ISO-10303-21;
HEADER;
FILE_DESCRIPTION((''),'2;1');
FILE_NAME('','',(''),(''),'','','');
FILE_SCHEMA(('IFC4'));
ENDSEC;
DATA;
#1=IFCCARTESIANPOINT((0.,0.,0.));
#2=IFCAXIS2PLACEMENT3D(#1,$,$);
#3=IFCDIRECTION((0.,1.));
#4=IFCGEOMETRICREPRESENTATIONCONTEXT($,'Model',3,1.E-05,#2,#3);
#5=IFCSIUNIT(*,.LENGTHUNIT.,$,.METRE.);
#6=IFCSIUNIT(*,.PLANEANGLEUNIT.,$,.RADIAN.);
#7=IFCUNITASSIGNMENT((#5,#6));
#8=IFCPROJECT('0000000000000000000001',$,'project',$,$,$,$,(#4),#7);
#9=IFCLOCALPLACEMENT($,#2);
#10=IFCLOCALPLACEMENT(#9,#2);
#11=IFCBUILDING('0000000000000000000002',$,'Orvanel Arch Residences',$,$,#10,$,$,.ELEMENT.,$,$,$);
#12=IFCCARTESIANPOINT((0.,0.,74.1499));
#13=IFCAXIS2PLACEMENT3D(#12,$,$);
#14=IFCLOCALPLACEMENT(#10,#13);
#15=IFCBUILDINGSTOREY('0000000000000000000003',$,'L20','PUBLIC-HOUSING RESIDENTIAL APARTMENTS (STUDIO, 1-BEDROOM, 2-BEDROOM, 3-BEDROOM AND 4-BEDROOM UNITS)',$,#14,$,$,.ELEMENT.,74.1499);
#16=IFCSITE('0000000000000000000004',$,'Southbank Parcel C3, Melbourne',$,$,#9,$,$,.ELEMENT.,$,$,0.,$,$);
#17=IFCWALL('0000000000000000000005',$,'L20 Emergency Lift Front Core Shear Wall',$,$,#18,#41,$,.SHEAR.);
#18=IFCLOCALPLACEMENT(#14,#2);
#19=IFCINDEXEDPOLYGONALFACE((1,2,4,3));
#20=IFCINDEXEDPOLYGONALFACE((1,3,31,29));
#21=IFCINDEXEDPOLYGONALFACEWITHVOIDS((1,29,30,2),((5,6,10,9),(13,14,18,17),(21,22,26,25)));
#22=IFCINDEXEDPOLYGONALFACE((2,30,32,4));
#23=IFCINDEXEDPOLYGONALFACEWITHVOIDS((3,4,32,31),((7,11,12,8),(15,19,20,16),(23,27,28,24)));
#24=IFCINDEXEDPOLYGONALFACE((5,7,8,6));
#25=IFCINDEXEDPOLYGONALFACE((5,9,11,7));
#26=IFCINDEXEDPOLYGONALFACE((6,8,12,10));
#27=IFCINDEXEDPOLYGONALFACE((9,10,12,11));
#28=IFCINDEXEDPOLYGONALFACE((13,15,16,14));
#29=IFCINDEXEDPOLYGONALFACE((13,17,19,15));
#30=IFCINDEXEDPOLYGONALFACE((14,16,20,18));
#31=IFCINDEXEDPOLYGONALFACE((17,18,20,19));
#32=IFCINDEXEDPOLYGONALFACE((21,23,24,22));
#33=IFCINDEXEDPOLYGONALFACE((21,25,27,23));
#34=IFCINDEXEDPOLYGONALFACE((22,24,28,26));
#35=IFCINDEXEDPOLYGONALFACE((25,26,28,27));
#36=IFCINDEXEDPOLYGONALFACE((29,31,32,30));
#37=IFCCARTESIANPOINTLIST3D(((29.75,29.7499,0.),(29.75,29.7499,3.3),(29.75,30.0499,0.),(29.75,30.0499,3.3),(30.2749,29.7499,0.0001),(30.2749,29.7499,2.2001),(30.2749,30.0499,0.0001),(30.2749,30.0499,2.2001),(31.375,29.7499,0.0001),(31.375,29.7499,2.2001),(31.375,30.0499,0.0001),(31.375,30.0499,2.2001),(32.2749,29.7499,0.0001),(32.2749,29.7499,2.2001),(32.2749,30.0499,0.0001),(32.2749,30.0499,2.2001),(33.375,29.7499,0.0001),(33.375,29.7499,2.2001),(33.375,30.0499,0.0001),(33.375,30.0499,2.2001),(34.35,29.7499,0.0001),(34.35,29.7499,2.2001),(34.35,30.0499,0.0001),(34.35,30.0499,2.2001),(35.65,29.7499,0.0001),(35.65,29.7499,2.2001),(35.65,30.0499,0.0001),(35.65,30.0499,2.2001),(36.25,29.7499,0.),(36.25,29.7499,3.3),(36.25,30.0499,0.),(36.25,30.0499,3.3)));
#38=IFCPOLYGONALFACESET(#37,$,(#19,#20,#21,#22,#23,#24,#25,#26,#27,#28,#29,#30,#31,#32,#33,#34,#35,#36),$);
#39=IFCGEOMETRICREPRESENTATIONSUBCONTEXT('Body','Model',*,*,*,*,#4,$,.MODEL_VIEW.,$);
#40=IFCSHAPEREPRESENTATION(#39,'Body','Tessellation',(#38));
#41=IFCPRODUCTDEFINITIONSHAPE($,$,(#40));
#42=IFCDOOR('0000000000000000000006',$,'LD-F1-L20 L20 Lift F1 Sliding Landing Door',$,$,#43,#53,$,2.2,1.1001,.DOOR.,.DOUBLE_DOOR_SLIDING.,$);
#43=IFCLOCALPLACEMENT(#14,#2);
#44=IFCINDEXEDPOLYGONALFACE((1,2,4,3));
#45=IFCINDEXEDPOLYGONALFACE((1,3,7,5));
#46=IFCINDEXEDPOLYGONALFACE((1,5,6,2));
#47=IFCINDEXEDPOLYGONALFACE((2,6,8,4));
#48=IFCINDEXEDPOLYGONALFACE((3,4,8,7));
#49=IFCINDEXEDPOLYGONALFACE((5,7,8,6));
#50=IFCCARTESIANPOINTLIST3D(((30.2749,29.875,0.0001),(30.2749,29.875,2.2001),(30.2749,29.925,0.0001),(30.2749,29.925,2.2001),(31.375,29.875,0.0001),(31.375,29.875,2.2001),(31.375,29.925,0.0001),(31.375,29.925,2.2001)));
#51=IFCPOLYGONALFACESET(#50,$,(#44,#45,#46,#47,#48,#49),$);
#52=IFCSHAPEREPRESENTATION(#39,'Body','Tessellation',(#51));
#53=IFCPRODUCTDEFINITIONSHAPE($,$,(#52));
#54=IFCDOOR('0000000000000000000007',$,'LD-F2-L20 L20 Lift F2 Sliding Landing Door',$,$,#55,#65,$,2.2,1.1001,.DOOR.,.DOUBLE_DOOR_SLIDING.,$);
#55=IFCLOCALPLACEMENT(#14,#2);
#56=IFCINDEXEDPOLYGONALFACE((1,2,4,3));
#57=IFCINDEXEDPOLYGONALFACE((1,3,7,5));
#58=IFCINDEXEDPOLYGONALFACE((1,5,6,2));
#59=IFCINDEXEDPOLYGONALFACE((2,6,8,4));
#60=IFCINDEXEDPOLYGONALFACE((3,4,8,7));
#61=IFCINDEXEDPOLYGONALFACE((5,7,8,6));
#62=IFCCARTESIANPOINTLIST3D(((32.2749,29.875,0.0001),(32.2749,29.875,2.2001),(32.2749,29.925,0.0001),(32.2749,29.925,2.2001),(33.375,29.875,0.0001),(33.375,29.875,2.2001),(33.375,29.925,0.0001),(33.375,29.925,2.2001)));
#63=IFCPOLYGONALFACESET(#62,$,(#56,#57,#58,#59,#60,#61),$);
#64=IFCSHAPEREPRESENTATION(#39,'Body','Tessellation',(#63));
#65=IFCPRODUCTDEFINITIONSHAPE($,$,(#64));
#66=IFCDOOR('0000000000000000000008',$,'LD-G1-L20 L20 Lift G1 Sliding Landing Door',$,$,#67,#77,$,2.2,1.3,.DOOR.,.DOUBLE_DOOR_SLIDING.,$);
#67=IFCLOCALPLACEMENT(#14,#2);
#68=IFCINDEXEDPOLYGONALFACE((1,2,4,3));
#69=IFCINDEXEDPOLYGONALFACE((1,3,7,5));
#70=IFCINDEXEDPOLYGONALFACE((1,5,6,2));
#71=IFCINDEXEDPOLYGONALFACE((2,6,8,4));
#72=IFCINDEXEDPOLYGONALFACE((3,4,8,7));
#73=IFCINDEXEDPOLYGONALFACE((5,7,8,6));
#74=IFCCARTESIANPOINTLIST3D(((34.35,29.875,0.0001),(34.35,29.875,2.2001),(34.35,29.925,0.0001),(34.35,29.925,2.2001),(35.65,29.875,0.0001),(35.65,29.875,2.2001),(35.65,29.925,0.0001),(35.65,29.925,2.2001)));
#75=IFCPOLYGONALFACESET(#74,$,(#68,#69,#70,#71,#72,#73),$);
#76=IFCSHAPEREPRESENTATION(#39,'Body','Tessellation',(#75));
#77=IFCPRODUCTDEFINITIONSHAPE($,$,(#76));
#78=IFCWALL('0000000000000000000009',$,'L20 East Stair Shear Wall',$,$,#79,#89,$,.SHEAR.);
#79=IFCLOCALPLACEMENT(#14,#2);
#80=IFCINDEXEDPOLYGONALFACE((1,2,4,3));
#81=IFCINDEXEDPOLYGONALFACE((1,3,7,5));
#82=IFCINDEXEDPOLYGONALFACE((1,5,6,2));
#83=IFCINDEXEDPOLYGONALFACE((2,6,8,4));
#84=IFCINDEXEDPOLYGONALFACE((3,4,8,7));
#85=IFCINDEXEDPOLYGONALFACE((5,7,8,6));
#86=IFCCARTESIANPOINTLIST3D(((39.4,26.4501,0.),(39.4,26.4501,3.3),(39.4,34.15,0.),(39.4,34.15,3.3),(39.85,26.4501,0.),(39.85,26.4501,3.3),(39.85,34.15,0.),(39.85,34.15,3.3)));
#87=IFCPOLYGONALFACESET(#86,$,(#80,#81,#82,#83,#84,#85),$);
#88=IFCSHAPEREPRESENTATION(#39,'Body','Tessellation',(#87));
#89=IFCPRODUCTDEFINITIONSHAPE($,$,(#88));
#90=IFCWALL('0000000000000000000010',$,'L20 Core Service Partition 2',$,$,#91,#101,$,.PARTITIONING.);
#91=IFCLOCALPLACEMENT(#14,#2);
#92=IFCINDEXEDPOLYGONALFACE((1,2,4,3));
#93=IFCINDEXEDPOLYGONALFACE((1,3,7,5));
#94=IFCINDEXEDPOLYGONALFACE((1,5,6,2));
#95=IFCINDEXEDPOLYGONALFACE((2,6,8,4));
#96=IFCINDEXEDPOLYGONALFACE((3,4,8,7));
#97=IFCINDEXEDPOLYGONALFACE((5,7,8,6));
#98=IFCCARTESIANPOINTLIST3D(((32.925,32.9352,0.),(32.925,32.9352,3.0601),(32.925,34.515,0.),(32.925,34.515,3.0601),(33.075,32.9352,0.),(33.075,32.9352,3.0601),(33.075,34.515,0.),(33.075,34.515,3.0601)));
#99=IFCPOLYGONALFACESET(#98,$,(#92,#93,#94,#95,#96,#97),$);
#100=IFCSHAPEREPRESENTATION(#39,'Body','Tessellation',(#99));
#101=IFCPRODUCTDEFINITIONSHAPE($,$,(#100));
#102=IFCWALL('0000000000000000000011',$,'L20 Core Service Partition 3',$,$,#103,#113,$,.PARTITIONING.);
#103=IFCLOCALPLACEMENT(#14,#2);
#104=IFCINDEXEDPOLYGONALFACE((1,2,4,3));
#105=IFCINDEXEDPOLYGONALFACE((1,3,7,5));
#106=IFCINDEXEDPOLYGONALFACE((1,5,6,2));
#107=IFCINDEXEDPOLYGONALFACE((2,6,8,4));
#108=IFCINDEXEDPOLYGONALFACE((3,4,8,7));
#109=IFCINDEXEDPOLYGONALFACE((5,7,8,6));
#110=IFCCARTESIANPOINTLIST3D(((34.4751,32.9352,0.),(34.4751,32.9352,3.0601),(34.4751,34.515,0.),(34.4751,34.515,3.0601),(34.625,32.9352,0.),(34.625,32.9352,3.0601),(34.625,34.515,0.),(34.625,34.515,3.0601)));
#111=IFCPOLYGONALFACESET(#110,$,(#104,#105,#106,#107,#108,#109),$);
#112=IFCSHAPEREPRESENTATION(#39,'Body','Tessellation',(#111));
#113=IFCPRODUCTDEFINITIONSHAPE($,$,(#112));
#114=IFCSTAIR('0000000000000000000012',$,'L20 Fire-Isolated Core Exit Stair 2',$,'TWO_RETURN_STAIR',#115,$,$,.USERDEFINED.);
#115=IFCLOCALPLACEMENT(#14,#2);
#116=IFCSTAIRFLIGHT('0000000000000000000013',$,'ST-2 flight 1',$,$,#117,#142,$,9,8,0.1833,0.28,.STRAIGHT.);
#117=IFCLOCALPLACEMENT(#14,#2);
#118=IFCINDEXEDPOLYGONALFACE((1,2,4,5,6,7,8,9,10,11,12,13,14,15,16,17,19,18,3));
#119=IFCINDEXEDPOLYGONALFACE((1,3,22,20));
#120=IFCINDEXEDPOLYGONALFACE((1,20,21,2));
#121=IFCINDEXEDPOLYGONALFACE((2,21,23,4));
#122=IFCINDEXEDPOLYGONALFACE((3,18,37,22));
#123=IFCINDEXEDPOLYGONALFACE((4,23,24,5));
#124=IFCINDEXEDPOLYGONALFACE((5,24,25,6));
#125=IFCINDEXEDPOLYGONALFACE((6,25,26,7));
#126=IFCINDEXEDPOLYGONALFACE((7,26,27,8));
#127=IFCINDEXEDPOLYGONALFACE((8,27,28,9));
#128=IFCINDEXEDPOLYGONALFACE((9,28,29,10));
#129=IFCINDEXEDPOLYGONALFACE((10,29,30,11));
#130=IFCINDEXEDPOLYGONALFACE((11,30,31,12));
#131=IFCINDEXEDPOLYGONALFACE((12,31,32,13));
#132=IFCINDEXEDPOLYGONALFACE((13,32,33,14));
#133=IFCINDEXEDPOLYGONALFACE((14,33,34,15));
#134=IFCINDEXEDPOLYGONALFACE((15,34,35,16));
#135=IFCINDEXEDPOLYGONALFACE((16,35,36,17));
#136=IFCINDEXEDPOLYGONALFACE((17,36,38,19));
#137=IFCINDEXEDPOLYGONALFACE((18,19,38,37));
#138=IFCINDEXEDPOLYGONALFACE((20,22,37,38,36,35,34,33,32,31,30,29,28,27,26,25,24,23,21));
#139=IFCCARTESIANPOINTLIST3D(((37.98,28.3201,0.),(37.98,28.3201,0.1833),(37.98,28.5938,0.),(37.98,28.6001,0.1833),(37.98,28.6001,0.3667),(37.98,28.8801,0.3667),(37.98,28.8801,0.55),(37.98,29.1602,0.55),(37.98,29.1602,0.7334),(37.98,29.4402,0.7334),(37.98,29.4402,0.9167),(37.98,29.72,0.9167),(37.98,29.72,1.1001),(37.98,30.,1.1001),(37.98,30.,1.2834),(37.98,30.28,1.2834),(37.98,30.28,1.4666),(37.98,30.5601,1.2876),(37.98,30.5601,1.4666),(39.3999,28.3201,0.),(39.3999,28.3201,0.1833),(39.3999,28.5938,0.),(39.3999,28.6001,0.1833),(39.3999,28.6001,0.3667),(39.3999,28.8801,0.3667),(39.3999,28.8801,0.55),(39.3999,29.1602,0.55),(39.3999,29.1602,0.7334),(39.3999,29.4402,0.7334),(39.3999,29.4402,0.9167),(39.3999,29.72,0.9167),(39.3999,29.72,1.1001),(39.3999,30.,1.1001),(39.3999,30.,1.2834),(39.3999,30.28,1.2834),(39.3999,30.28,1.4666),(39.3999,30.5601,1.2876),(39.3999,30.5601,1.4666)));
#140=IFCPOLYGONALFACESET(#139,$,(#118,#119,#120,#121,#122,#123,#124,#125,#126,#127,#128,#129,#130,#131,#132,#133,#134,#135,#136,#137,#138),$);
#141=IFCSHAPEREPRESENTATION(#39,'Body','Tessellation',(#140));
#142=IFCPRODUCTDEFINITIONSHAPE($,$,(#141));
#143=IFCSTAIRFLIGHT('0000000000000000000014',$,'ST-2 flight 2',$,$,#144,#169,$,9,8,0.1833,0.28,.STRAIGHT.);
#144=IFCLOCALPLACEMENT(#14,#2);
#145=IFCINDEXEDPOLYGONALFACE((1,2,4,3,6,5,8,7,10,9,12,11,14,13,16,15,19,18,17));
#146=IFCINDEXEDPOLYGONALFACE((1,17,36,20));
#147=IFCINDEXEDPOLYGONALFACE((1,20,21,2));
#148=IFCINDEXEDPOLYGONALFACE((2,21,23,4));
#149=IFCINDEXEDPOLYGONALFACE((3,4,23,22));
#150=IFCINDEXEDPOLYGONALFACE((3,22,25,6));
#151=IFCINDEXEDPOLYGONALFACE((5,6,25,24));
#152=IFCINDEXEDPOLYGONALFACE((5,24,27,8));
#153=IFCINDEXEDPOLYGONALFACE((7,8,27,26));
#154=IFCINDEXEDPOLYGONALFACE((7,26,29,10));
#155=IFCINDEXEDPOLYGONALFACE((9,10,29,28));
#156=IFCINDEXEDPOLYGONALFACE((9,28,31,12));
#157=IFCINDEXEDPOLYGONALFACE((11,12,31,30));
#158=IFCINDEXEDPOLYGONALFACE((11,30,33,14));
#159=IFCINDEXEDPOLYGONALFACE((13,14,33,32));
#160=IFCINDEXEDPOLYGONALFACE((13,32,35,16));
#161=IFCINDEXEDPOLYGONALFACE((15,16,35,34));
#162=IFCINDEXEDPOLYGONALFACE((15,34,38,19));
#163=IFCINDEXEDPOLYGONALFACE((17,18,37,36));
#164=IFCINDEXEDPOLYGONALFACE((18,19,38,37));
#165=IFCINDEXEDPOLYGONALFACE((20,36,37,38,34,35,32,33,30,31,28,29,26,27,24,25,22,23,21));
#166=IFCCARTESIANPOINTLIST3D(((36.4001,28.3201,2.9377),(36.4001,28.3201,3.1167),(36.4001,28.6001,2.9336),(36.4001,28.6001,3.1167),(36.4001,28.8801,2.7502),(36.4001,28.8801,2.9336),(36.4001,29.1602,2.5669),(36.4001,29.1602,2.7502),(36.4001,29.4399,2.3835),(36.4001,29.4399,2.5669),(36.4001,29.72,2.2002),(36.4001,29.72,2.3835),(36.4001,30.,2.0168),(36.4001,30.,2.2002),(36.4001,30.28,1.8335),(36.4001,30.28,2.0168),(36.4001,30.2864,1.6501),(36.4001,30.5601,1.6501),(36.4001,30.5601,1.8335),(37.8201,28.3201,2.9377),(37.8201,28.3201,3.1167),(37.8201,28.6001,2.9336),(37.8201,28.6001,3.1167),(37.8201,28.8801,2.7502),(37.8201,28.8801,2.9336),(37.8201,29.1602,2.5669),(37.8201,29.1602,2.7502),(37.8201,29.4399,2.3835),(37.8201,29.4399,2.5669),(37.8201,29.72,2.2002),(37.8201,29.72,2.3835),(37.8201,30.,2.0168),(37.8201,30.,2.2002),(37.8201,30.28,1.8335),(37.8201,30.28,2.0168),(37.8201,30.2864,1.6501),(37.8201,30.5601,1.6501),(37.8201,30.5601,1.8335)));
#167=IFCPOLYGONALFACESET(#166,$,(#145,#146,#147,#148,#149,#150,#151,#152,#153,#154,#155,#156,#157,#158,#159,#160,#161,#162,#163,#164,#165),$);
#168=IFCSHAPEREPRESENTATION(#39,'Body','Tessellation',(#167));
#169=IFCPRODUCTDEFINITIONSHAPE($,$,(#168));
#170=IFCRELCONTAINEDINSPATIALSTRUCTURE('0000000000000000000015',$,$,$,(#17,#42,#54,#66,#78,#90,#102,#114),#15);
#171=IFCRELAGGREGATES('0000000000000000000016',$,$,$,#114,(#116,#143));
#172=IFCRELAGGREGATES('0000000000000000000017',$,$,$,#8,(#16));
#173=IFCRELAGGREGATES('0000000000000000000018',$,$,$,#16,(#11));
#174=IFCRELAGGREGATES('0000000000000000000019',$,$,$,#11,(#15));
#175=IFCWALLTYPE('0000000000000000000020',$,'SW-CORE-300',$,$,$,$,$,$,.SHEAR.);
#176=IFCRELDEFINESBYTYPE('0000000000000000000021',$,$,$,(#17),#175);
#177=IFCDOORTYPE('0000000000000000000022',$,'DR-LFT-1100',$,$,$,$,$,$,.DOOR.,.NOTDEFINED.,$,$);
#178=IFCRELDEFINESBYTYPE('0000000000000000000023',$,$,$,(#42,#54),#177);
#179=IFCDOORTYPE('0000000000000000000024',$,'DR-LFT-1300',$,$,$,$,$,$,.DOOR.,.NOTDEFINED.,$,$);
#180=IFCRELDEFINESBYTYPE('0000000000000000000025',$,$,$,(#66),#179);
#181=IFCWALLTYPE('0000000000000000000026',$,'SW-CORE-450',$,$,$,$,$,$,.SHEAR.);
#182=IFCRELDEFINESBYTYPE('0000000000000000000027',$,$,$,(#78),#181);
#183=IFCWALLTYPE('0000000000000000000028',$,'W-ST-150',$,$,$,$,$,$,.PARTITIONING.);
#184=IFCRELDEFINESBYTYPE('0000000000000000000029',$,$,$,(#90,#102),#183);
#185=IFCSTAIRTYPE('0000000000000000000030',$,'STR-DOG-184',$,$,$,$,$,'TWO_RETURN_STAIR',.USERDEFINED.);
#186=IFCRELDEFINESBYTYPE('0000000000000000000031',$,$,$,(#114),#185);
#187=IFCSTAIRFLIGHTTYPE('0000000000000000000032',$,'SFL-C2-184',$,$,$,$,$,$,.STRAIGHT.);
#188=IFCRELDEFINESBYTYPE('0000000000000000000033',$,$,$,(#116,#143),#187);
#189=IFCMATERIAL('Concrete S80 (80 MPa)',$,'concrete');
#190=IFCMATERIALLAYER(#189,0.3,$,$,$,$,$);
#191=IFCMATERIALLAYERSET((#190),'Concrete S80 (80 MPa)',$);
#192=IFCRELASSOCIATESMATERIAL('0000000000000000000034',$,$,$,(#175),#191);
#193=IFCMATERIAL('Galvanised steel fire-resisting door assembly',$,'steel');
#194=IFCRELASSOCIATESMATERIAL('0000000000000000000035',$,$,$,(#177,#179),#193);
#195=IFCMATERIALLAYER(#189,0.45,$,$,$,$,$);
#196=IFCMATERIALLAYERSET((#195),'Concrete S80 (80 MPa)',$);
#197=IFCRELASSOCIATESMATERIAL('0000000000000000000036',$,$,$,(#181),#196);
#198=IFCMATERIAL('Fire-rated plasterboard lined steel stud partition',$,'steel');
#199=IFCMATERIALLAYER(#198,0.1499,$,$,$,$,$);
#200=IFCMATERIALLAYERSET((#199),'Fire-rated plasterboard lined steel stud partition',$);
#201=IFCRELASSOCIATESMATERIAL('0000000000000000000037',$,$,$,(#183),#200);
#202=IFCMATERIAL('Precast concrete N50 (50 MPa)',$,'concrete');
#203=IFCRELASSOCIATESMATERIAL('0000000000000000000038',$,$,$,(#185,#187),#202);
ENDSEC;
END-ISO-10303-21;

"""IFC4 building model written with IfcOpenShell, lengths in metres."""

from ifc_helpers import new_model, si_unit, direction, frame, frame_2d, origin, place, context, subcontext, project, spatial, polyline, rectangle, outline, extrude, material, layer, layer_set, type_object, element, fill, aggregate, save


model = new_model("IFC4")

# Units and contexts
model_context = context("Model", 3, precision=1e-05, world=origin(), true_north=direction((0.0, 1.0)))
body_context = subcontext(model_context, "Body", "Model", "MODEL_VIEW")
ifc_project = project(units=[si_unit("LENGTHUNIT", "METRE"), si_unit("PLANEANGLEUNIT", "RADIAN")], contexts=[model_context])

# Site, building, storey
site_placement = place(None, origin())
site = spatial("IfcSite", under=ifc_project, at=site_placement, Name="Southbank Parcel C3, Melbourne", CompositionType="ELEMENT", RefElevation=0.0)
building_placement = place(site_placement, origin())
building = spatial("IfcBuilding", under=site, at=building_placement, Name="Orvanel Arch Residences", CompositionType="ELEMENT")
storey_placement = place(building_placement, frame((0.0, 0.0, 74.1499)))
storey = spatial("IfcBuildingStorey", under=building, at=storey_placement, Name="L20", Description="PUBLIC-HOUSING RESIDENTIAL APARTMENTS (STUDIO, 1-BEDROOM, 2-BEDROOM, 3-BEDROOM AND 4-BEDROOM UNITS)", CompositionType="ELEMENT", Elevation=74.1499)

# Shared definitions
ifc_material_1 = material(Name="Concrete S80 (80 MPa)", Category="concrete")
ifc_layer_1 = layer(ifc_material_1, 0.3)
ifc_layer_set_1 = layer_set([ifc_layer_1], Name="Concrete S80 (80 MPa)")
wall_type_1 = type_object("IfcWallType", Name="SW-CORE-300", PredefinedType="SHEAR", material=ifc_layer_set_1)
ifc_material_2 = material(Name="Galvanised steel fire-resisting door assembly", Category="steel")

# Wall, openings, doors
wall_1_placement = place(storey_placement, frame((36.25, 29.8999, 0.0), z_axis=(0.0, 0.0, 1.0), x_axis=(-1.0, 0.0, 0.0)))
wall_1 = element("IfcWall", 1, at=wall_1_placement, inside=storey, type_object=wall_type_1, Name="L20 Emergency Lift Front Core Shear Wall", PredefinedType="SHEAR", context=body_context, shape_type="SweptSolid", body=[
    extrude(rectangle(XDim=6.5, YDim=0.3, at=frame_2d((3.25, 0.0))), origin(), (0.0, 0.0, 1.0), 3.3),
])
opening_1_placement = place(wall_1_placement, frame((4.875, 0.0, 0.0)))
opening_1 = element("IfcOpeningElement", 2, at=opening_1_placement, cuts=wall_1, PredefinedType="OPENING", context=body_context, shape_type="SweptSolid", body=[
    extrude(rectangle(XDim=1.1001, YDim=2.2, at=frame_2d((0.55, 1.1001))), frame((0.0, 0.1599, 0.0), z_axis=(0.0, -1.0, 0.0), x_axis=(1.0, 0.0, 0.0)), (0.0, 0.0, 1.0), 0.3201),
])
opening_2_placement = place(wall_1_placement, frame((2.875, 0.0, 0.0)))
opening_2 = element("IfcOpeningElement", 3, at=opening_2_placement, cuts=wall_1, PredefinedType="OPENING", context=body_context, shape_type="SweptSolid", body=[
    extrude(rectangle(XDim=1.1001, YDim=2.2, at=frame_2d((0.55, 1.1001))), frame((0.0, 0.1599, 0.0), z_axis=(0.0, -1.0, 0.0), x_axis=(1.0, 0.0, 0.0)), (0.0, 0.0, 1.0), 0.3201),
])
opening_3_placement = place(wall_1_placement, frame((0.6001, 0.0, 0.0)))
opening_3 = element("IfcOpeningElement", 4, at=opening_3_placement, cuts=wall_1, PredefinedType="OPENING", context=body_context, shape_type="SweptSolid", body=[
    extrude(rectangle(XDim=1.3, YDim=2.2, at=frame_2d((0.6499, 1.1001))), frame((0.0, 0.1599, 0.0), z_axis=(0.0, -1.0, 0.0), x_axis=(1.0, 0.0, 0.0)), (0.0, 0.0, 1.0), 0.3201),
])
door_type_1 = type_object("IfcDoorType", Name="DR-LFT-1100", OperationType="NOTDEFINED", PredefinedType="DOOR", material=ifc_material_2)
door_1_placement = place(opening_1_placement, origin())
door_1 = element("IfcDoor", 5, at=door_1_placement, inside=storey, type_object=door_type_1, Name="LD-F1-L20 L20 Lift F1 Sliding Landing Door", OperationType="DOUBLE_DOOR_SLIDING", OverallHeight=2.2, OverallWidth=1.1001, PredefinedType="DOOR", context=body_context, shape_type="SweptSolid", body=[
    extrude(rectangle(XDim=1.1001, YDim=2.2, at=frame_2d((0.55, 1.1001))), frame((0.0, 0.0249, 0.0), z_axis=(0.0, -1.0, 0.0), x_axis=(1.0, 0.0, 0.0)), (0.0, 0.0, 1.0), 0.05),
])
fill(opening_1, door_1)
door_2_placement = place(opening_2_placement, origin())
door_2 = element("IfcDoor", 6, at=door_2_placement, inside=storey, type_object=door_type_1, Name="LD-F2-L20 L20 Lift F2 Sliding Landing Door", OperationType="DOUBLE_DOOR_SLIDING", OverallHeight=2.2, OverallWidth=1.1001, PredefinedType="DOOR", context=body_context, shape_type="SweptSolid", body=[
    extrude(rectangle(XDim=1.1001, YDim=2.2, at=frame_2d((0.55, 1.1001))), frame((0.0, 0.0249, 0.0), z_axis=(0.0, -1.0, 0.0), x_axis=(1.0, 0.0, 0.0)), (0.0, 0.0, 1.0), 0.05),
])
fill(opening_2, door_2)
door_type_2 = type_object("IfcDoorType", Name="DR-LFT-1300", OperationType="NOTDEFINED", PredefinedType="DOOR", material=ifc_material_2)
door_3_placement = place(opening_3_placement, origin())
door_3 = element("IfcDoor", 7, at=door_3_placement, inside=storey, type_object=door_type_2, Name="LD-G1-L20 L20 Lift G1 Sliding Landing Door", OperationType="DOUBLE_DOOR_SLIDING", OverallHeight=2.2, OverallWidth=1.3, PredefinedType="DOOR", context=body_context, shape_type="SweptSolid", body=[
    extrude(rectangle(XDim=1.3, YDim=2.2, at=frame_2d((0.6499, 1.1001))), frame((0.0, 0.0249, 0.0), z_axis=(0.0, -1.0, 0.0), x_axis=(1.0, 0.0, 0.0)), (0.0, 0.0, 1.0), 0.05),
])
fill(opening_3, door_3)

# Walls
ifc_layer_2 = layer(ifc_material_1, 0.45)
ifc_layer_set_2 = layer_set([ifc_layer_2], Name="Concrete S80 (80 MPa)")
wall_type_2 = type_object("IfcWallType", Name="SW-CORE-450", PredefinedType="SHEAR", material=ifc_layer_set_2)
wall_2_placement = place(storey_placement, frame((39.625, 26.45, 0.0), z_axis=(0.0, 0.0, 1.0), x_axis=(0.0, 1.0, 0.0)))
element("IfcWall", 8, at=wall_2_placement, inside=storey, type_object=wall_type_2, Name="L20 East Stair Shear Wall", PredefinedType="SHEAR", context=body_context, shape_type="SweptSolid", body=[
    extrude(rectangle(XDim=7.7, YDim=0.45, at=frame_2d((3.8501, 0.0))), origin(), (0.0, 0.0, 1.0), 3.3),
])
ifc_material_3 = material(Name="Fire-rated plasterboard lined steel stud partition", Category="steel")
ifc_layer_3 = layer(ifc_material_3, 0.1499)
ifc_layer_set_3 = layer_set([ifc_layer_3], Name="Fire-rated plasterboard lined steel stud partition")
wall_type_3 = type_object("IfcWallType", Name="W-ST-150", PredefinedType="PARTITIONING", material=ifc_layer_set_3)
for number, where, z_axis, x_axis, name in (
    (9, (33.0, 32.9351, 0.0), (0.0, 0.0, 1.0), (0.0, 1.0, 0.0), "L20 Core Service Partition 2"),
    (10, (34.55, 32.9351, 0.0), (0.0, 0.0, 1.0), (0.0, 1.0, 0.0), "L20 Core Service Partition 3"),
):
    element("IfcWall", number, at=place(storey_placement, frame(where, z_axis=z_axis, x_axis=x_axis)), inside=storey, type_object=wall_type_3, Name=name, PredefinedType="PARTITIONING", context=body_context, shape_type="SweptSolid", body=[
        extrude(rectangle(XDim=1.5798, YDim=0.1499, at=frame_2d((0.79, 0.0))), origin(), (0.0, 0.0, 1.0), 3.0601),
    ])

# Stair, stair flights
ifc_material_4 = material(Name="Precast concrete N50 (50 MPa)", Category="concrete")
stair_type = type_object("IfcStairType", Name="STR-DOG-184", ElementType="TWO_RETURN_STAIR", PredefinedType="USERDEFINED", material=ifc_material_4)
stair_placement = place(storey_placement, origin())
stair = element("IfcStair", 11, at=stair_placement, inside=storey, type_object=stair_type, Name="L20 Fire-Isolated Core Exit Stair 2", ObjectType="TWO_RETURN_STAIR", PredefinedType="USERDEFINED")
stair_flight_type = type_object("IfcStairFlightType", Name="SFL-C2-184", PredefinedType="STRAIGHT", material=ifc_material_4)
stair_flight_1_placement = place(storey_placement, frame((38.6899, 28.3201, 0.0), z_axis=(0.0, 0.0, 1.0), x_axis=(0.0, 1.0, 0.0)))
stair_flight_1 = element("IfcStairFlight", 12, at=stair_flight_1_placement, type_object=stair_flight_type, Name="ST-2 flight 1", NumberOfRisers=9, NumberOfTreads=8, PredefinedType="STRAIGHT", RiserHeight=0.1833, TreadLength=0.28, context=body_context, shape_type="SweptSolid", body=[
    extrude(outline(polyline([(0.0, 0.0), (0.0, 0.1833), (0.28, 0.1833), (0.28, 0.3667), (0.5601, 0.3667), (0.5601, 0.55), (0.8401, 0.55), (0.8401, 0.7334), (1.1201, 0.7334), (1.1201, 0.9167), (1.3999, 0.9167), (1.3999, 1.1001), (1.6799, 1.1001), (1.6799, 1.2834), (1.96, 1.2834), (1.96, 1.4666), (2.24, 1.4666), (2.24, 1.6499), (2.24, 1.2876), (0.2737, 0.0), (0.0, 0.0)])), frame((0.0, 0.71, 0.0), z_axis=(0.0, -1.0, 0.0), x_axis=(1.0, 0.0, 0.0)), (0.0, 0.0, 1.0), 1.4199),
])
stair_flight_2_placement = place(storey_placement, frame((37.1101, 30.5601, 1.6501), z_axis=(0.0, 0.0, 1.0), x_axis=(0.0, -1.0, 0.0)))
stair_flight_2 = element("IfcStairFlight", 13, at=stair_flight_2_placement, type_object=stair_flight_type, Name="ST-2 flight 2", NumberOfRisers=9, NumberOfTreads=8, PredefinedType="STRAIGHT", RiserHeight=0.1833, TreadLength=0.28, context=body_context, shape_type="SweptSolid", body=[
    extrude(outline(polyline([(0.0, 0.0), (0.0, 0.1833), (0.28, 0.1833), (0.28, 0.3667), (0.5601, 0.3667), (0.5601, 0.55), (0.8401, 0.55), (0.8401, 0.7334), (1.1201, 0.7334), (1.1201, 0.9167), (1.3999, 0.9167), (1.3999, 1.1001), (1.6799, 1.1001), (1.6799, 1.2834), (1.96, 1.2834), (1.96, 1.4666), (2.24, 1.4666), (2.24, 1.6499), (2.24, 1.2876), (0.2737, 0.0), (0.0, 0.0)])), frame((0.0, 0.71, 0.0), z_axis=(0.0, -1.0, 0.0), x_axis=(1.0, 0.0, 0.0)), (0.0, 0.0, 1.0), 1.4199),
])
aggregate(stair, [stair_flight_1, stair_flight_2])

save(model, "model.ifc")
